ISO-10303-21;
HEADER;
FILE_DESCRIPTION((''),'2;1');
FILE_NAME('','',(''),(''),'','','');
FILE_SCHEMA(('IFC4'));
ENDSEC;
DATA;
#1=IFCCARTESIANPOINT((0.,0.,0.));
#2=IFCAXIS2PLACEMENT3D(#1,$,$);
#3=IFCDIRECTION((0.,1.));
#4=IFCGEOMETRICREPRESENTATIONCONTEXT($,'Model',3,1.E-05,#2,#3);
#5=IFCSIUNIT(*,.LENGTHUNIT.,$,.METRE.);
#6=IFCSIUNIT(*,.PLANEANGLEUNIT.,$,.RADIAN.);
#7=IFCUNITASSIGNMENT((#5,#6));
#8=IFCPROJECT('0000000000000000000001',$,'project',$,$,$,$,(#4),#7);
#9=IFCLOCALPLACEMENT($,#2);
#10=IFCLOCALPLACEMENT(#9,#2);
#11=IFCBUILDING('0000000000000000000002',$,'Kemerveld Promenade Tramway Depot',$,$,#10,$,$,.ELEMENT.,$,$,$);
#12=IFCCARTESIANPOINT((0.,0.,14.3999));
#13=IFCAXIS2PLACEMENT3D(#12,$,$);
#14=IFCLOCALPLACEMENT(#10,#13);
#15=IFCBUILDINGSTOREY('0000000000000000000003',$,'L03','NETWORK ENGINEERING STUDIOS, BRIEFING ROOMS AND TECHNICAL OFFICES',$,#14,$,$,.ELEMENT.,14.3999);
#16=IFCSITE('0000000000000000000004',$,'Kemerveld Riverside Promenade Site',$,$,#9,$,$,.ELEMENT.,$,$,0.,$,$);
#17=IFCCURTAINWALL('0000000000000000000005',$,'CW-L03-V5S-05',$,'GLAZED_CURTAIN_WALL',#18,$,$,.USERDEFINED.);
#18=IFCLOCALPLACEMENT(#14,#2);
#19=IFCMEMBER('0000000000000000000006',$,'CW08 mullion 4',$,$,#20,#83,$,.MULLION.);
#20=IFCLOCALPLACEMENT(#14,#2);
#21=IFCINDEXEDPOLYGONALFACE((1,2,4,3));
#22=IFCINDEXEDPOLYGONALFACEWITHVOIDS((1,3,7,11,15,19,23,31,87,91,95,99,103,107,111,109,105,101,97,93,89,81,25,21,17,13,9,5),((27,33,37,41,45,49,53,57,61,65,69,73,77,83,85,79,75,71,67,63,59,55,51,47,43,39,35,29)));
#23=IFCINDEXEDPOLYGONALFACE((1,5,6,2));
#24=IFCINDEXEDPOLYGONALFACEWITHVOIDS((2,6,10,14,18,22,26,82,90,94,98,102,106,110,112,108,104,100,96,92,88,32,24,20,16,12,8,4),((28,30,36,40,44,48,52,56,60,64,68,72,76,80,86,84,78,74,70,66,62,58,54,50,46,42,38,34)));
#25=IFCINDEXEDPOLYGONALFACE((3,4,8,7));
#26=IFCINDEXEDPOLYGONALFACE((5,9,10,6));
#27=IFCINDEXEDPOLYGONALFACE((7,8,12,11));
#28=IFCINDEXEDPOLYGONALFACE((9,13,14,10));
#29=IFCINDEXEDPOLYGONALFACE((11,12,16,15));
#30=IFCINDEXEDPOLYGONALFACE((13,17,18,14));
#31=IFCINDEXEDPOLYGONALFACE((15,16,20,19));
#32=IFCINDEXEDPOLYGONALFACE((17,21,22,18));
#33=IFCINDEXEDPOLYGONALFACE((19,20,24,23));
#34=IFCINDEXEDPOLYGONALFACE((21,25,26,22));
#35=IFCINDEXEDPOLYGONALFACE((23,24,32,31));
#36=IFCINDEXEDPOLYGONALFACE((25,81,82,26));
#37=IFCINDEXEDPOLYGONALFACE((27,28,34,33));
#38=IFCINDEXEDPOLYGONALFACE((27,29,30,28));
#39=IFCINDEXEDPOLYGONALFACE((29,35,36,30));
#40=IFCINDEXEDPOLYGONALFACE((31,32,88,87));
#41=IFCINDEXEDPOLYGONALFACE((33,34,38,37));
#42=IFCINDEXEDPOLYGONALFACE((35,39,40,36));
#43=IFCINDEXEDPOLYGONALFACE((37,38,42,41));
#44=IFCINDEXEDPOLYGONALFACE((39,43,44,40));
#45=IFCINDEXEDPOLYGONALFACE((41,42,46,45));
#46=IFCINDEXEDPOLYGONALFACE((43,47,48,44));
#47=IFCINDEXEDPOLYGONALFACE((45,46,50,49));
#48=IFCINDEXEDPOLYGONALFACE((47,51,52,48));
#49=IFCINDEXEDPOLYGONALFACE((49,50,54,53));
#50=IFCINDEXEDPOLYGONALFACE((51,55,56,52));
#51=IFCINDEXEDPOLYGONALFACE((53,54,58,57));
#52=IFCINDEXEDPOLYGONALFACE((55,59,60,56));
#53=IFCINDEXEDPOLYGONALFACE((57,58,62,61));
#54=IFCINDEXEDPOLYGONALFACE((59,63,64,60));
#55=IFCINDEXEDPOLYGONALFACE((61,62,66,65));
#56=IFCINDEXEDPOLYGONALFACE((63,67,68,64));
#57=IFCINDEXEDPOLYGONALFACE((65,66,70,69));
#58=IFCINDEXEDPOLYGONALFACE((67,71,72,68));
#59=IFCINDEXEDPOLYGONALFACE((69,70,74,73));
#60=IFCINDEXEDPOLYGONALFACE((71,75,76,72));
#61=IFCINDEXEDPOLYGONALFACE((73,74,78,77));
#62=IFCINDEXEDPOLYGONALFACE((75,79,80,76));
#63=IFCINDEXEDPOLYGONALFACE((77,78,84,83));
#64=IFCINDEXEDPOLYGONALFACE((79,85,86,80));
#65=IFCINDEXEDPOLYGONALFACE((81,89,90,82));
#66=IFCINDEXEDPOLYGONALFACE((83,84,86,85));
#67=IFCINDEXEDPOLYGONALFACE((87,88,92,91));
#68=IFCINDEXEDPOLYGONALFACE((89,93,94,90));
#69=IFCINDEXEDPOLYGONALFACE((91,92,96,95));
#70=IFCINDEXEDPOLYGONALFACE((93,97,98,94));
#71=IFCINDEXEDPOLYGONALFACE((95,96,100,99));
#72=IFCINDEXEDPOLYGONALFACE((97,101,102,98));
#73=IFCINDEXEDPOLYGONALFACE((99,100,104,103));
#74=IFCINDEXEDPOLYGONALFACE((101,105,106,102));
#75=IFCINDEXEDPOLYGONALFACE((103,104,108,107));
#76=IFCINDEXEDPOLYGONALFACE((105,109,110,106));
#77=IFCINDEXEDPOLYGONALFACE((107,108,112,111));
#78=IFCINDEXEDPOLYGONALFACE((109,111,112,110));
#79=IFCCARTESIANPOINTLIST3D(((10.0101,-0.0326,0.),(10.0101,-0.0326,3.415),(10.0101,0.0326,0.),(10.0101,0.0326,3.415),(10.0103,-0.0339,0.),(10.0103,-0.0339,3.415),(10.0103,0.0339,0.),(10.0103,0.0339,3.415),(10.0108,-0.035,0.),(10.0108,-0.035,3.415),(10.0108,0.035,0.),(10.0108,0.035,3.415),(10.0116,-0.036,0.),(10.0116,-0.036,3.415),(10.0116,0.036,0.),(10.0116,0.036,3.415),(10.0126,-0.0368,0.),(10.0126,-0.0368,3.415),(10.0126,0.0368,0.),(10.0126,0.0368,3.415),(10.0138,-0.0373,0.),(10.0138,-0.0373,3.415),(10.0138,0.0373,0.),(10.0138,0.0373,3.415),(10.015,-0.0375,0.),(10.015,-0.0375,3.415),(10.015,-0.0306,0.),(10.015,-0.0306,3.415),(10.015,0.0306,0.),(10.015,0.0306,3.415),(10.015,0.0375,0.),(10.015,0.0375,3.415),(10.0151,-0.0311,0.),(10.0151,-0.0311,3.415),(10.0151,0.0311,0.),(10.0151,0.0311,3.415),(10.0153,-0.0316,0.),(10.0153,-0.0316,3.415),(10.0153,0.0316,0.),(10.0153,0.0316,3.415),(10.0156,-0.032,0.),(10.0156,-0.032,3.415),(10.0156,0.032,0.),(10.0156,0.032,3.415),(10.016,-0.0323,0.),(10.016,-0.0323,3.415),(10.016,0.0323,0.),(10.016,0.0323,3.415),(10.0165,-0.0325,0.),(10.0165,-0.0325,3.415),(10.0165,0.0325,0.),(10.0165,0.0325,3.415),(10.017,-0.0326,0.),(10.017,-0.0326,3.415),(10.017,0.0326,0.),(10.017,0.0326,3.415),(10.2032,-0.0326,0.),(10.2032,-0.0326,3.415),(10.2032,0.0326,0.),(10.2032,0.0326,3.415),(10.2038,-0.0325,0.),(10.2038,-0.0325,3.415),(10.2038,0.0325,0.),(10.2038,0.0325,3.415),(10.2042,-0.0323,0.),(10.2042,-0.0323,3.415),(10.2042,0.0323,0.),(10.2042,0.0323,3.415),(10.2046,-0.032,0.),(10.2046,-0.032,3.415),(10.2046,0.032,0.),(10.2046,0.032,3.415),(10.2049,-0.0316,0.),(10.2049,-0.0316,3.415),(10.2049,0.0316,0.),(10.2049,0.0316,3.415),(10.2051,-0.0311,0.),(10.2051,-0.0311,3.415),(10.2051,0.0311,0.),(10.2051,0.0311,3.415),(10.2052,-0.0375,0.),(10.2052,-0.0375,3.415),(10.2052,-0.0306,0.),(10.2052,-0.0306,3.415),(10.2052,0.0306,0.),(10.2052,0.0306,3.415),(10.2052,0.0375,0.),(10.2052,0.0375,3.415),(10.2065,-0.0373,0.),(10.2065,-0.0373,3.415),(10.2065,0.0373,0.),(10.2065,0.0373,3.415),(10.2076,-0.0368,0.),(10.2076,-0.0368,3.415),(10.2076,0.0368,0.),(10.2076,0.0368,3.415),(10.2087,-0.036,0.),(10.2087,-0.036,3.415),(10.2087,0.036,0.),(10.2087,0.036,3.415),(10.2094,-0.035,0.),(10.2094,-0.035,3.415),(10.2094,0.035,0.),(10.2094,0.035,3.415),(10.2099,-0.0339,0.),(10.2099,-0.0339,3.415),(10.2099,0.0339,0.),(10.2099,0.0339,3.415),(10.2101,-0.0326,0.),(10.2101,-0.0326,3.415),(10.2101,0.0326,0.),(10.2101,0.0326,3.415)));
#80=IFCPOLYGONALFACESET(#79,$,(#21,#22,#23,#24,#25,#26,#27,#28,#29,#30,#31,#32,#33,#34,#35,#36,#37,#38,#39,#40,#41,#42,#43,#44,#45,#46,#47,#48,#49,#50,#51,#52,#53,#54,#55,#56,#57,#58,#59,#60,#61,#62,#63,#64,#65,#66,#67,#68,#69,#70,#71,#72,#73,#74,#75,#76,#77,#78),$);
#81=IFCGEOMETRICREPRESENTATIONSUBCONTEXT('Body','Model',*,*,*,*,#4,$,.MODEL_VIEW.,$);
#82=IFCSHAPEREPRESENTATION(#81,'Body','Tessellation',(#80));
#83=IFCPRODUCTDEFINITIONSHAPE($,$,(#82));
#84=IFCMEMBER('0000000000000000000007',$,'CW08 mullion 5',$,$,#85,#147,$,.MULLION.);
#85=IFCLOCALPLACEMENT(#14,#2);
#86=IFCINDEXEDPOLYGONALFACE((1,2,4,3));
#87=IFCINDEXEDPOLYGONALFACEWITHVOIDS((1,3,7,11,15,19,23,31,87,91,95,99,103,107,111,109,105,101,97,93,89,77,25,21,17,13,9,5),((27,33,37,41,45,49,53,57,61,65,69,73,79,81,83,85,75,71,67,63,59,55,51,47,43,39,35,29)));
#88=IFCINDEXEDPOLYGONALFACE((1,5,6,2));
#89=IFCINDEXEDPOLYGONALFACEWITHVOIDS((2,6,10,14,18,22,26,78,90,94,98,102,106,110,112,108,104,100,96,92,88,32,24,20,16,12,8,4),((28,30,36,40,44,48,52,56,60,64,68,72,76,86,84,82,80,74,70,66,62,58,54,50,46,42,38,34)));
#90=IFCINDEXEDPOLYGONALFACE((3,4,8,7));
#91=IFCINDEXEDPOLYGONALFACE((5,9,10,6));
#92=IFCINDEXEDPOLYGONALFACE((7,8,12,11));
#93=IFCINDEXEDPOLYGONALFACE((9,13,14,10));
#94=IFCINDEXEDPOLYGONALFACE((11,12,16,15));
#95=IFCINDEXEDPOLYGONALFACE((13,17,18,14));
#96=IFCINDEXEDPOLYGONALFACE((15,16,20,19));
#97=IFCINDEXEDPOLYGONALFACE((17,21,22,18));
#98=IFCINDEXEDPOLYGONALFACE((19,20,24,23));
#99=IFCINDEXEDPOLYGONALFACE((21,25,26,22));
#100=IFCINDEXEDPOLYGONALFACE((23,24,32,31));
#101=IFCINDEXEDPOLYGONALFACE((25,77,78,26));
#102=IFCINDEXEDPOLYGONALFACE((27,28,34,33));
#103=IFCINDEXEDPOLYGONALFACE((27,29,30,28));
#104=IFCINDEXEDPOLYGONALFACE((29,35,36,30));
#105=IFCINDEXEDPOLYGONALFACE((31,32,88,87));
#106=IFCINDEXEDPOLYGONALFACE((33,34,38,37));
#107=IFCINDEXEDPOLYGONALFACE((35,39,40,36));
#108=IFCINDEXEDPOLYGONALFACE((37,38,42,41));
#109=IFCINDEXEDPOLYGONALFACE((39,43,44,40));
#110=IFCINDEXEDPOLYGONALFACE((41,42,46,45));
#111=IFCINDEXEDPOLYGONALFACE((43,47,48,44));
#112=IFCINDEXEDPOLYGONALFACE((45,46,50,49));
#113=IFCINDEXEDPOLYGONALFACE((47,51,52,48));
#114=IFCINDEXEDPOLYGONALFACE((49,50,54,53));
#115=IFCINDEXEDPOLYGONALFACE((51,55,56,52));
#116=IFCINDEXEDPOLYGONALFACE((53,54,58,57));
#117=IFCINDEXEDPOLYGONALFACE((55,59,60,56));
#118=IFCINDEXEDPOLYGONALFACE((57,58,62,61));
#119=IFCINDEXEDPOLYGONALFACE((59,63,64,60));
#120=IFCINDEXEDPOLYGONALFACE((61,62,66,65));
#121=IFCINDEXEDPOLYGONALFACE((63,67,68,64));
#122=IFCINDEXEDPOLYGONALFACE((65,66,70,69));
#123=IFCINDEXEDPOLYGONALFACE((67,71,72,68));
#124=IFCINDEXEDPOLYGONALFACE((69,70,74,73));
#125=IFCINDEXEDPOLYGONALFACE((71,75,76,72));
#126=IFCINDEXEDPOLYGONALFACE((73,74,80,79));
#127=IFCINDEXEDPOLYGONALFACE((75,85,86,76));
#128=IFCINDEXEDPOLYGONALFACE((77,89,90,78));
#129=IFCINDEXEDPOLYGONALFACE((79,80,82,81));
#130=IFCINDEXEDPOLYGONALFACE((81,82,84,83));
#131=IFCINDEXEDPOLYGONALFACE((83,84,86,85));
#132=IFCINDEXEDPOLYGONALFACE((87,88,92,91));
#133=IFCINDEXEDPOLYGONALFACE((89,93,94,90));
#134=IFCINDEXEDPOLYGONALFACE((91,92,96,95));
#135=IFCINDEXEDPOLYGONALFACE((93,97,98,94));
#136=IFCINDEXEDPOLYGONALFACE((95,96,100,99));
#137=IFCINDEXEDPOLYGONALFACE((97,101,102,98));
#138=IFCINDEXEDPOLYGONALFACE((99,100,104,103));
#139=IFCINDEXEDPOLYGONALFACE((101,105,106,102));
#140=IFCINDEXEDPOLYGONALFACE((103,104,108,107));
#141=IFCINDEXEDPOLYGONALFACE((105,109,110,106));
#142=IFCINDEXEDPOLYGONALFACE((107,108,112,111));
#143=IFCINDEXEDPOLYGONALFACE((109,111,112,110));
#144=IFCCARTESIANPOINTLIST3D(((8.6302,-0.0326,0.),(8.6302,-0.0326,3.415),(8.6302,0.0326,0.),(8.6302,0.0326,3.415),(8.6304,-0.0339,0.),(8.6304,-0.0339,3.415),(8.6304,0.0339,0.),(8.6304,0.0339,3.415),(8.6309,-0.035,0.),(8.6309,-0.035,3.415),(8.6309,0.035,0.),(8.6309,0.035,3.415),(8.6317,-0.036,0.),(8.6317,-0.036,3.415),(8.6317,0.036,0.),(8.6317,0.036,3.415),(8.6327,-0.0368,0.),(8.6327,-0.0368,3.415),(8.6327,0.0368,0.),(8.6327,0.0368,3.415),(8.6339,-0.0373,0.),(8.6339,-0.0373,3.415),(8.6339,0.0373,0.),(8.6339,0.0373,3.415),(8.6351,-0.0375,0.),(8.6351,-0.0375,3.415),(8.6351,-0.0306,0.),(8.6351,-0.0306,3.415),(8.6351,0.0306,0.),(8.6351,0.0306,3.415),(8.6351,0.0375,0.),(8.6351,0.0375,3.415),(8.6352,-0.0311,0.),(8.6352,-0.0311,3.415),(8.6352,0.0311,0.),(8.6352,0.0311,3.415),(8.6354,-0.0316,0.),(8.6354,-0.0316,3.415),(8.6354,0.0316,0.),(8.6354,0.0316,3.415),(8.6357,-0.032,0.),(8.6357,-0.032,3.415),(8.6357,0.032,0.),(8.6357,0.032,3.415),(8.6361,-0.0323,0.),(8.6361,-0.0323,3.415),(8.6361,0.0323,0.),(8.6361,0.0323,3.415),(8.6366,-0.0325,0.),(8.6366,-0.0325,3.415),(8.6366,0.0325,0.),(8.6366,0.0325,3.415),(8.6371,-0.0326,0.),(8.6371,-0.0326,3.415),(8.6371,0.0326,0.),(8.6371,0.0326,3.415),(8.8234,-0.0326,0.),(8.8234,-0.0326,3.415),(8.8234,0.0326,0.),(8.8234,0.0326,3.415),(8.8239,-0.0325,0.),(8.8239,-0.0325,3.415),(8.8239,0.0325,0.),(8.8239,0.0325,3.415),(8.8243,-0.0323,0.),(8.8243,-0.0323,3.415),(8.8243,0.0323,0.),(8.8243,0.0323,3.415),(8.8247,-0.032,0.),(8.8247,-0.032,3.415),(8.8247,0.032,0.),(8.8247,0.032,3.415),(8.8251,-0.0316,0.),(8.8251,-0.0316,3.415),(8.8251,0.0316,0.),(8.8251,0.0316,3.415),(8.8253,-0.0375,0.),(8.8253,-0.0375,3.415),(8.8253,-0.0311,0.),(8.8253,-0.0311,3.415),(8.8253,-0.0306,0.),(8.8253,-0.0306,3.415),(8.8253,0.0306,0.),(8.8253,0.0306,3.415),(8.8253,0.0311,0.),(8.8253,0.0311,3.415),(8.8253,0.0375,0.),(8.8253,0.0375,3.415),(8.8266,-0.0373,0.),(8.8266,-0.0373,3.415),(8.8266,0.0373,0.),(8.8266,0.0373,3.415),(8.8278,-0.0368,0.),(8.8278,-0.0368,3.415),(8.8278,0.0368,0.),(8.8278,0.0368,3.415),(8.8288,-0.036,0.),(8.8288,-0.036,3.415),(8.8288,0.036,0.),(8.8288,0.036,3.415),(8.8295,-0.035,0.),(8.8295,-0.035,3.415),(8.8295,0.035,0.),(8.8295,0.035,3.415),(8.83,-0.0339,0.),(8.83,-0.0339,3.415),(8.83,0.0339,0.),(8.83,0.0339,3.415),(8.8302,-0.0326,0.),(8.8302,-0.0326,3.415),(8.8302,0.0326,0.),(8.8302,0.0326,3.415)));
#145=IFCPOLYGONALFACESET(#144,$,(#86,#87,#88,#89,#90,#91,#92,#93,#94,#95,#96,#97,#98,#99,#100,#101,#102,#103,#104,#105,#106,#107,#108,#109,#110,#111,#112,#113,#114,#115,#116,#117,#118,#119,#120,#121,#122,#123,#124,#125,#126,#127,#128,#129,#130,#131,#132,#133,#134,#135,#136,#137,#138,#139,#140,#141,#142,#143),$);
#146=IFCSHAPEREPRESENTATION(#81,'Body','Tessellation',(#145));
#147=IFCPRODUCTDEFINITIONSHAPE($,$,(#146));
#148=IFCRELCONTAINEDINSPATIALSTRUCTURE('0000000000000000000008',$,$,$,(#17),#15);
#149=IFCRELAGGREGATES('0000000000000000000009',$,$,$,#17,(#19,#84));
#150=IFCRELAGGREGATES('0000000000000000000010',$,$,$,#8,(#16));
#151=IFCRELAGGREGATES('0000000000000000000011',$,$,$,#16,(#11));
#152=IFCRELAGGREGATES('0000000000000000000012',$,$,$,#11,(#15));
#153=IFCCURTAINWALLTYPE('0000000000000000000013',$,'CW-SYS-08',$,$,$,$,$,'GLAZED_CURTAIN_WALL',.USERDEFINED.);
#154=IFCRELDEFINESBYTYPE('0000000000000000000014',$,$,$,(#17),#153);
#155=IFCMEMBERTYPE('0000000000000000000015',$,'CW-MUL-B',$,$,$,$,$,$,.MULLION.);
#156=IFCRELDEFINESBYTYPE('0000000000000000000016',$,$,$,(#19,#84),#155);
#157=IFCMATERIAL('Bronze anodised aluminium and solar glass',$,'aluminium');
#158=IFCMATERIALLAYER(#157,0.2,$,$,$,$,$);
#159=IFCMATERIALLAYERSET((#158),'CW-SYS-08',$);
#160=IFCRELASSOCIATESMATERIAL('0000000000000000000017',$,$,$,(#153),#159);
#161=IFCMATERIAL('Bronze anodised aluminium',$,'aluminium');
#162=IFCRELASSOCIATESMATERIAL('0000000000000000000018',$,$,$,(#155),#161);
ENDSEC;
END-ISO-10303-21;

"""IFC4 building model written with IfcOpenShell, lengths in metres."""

from ifc_helpers import new_model, si_unit, direction, frame, origin, origin_2d, place, context, subcontext, project, spatial, hollow_rectangle, extrude, material, layer, layer_set, material_profile, profile_set, type_object, element, aggregate, save


model = new_model("IFC4")

# Units and contexts
model_context = context("Model", 3, precision=1e-05, world=origin(), true_north=direction((0.0, 1.0)))
body_context = subcontext(model_context, "Body", "Model", "MODEL_VIEW")
ifc_project = project(units=[si_unit("LENGTHUNIT", "METRE"), si_unit("PLANEANGLEUNIT", "RADIAN")], contexts=[model_context])

# Site, building, storey
site_placement = place(None, origin())
site = spatial("IfcSite", under=ifc_project, at=site_placement, Name="Kemerveld Riverside Promenade Site", CompositionType="ELEMENT", RefElevation=0.0)
building_placement = place(site_placement, origin())
building = spatial("IfcBuilding", under=site, at=building_placement, Name="Kemerveld Promenade Tramway Depot", CompositionType="ELEMENT")
storey_placement = place(building_placement, frame((0.0, 0.0, 14.3999)))
storey = spatial("IfcBuildingStorey", under=building, at=storey_placement, Name="L03", Description="NETWORK ENGINEERING STUDIOS, BRIEFING ROOMS AND TECHNICAL OFFICES", CompositionType="ELEMENT", Elevation=14.3999)

# Curtain wall, members
ifc_material_1 = material(Name="Bronze anodised aluminium and solar glass", Category="aluminium")
ifc_layer_1 = layer(ifc_material_1, 0.2)
ifc_layer_set_1 = layer_set([ifc_layer_1], Name="CW-SYS-08")
curtain_wall_type = type_object("IfcCurtainWallType", Name="CW-SYS-08", ElementType="GLAZED_CURTAIN_WALL", PredefinedType="USERDEFINED", material=ifc_layer_set_1)
curtain_wall_placement = place(storey_placement, origin())
curtain_wall = element("IfcCurtainWall", 1, at=curtain_wall_placement, inside=storey, type_object=curtain_wall_type, Name="CW-L03-V5S-05", ObjectType="GLAZED_CURTAIN_WALL", PredefinedType="USERDEFINED")
ifc_material_2 = material(Name="Bronze anodised aluminium", Category="aluminium")
ifc_material_profile_1 = material_profile(ifc_material_2, hollow_rectangle(XDim=0.075, YDim=0.2, WallThickness=0.0049, InnerFilletRadius=0.002, OuterFilletRadius=0.0049, at=origin_2d()), Name="CW-MUL-200x75")
ifc_profile_set_1 = profile_set([ifc_material_profile_1], Name="Bronze anodised aluminium")
member_type_1 = type_object("IfcMemberType", Name="CW-MUL-B", PredefinedType="MULLION", material=ifc_profile_set_1)
member_1_placement = place(storey_placement, frame((10.1101, 0.0, 0.0), z_axis=(0.0, 0.0, 1.0), x_axis=(0.0, -1.0, 0.0)))
member_1 = element("IfcMember", 2, at=member_1_placement, type_object=member_type_1, Name="CW08 mullion 4", PredefinedType="MULLION", context=body_context, shape_type="SweptSolid", body=[
    extrude(hollow_rectangle(XDim=0.075, YDim=0.2, WallThickness=0.0049, InnerFilletRadius=0.002, OuterFilletRadius=0.0049, at=origin_2d()), origin(), (0.0, 0.0, 1.0), 3.415),
])
member_2_placement = place(storey_placement, frame((8.7302, 0.0, 0.0), z_axis=(0.0, 0.0, 1.0), x_axis=(0.0, -1.0, 0.0)))
member_2 = element("IfcMember", 3, at=member_2_placement, type_object=member_type_1, Name="CW08 mullion 5", PredefinedType="MULLION", context=body_context, shape_type="SweptSolid", body=[
    extrude(hollow_rectangle(XDim=0.075, YDim=0.2, WallThickness=0.0049, InnerFilletRadius=0.002, OuterFilletRadius=0.0049, at=origin_2d()), origin(), (0.0, 0.0, 1.0), 3.415),
])
aggregate(curtain_wall, [member_1, member_2])

save(model, "model.ifc")
